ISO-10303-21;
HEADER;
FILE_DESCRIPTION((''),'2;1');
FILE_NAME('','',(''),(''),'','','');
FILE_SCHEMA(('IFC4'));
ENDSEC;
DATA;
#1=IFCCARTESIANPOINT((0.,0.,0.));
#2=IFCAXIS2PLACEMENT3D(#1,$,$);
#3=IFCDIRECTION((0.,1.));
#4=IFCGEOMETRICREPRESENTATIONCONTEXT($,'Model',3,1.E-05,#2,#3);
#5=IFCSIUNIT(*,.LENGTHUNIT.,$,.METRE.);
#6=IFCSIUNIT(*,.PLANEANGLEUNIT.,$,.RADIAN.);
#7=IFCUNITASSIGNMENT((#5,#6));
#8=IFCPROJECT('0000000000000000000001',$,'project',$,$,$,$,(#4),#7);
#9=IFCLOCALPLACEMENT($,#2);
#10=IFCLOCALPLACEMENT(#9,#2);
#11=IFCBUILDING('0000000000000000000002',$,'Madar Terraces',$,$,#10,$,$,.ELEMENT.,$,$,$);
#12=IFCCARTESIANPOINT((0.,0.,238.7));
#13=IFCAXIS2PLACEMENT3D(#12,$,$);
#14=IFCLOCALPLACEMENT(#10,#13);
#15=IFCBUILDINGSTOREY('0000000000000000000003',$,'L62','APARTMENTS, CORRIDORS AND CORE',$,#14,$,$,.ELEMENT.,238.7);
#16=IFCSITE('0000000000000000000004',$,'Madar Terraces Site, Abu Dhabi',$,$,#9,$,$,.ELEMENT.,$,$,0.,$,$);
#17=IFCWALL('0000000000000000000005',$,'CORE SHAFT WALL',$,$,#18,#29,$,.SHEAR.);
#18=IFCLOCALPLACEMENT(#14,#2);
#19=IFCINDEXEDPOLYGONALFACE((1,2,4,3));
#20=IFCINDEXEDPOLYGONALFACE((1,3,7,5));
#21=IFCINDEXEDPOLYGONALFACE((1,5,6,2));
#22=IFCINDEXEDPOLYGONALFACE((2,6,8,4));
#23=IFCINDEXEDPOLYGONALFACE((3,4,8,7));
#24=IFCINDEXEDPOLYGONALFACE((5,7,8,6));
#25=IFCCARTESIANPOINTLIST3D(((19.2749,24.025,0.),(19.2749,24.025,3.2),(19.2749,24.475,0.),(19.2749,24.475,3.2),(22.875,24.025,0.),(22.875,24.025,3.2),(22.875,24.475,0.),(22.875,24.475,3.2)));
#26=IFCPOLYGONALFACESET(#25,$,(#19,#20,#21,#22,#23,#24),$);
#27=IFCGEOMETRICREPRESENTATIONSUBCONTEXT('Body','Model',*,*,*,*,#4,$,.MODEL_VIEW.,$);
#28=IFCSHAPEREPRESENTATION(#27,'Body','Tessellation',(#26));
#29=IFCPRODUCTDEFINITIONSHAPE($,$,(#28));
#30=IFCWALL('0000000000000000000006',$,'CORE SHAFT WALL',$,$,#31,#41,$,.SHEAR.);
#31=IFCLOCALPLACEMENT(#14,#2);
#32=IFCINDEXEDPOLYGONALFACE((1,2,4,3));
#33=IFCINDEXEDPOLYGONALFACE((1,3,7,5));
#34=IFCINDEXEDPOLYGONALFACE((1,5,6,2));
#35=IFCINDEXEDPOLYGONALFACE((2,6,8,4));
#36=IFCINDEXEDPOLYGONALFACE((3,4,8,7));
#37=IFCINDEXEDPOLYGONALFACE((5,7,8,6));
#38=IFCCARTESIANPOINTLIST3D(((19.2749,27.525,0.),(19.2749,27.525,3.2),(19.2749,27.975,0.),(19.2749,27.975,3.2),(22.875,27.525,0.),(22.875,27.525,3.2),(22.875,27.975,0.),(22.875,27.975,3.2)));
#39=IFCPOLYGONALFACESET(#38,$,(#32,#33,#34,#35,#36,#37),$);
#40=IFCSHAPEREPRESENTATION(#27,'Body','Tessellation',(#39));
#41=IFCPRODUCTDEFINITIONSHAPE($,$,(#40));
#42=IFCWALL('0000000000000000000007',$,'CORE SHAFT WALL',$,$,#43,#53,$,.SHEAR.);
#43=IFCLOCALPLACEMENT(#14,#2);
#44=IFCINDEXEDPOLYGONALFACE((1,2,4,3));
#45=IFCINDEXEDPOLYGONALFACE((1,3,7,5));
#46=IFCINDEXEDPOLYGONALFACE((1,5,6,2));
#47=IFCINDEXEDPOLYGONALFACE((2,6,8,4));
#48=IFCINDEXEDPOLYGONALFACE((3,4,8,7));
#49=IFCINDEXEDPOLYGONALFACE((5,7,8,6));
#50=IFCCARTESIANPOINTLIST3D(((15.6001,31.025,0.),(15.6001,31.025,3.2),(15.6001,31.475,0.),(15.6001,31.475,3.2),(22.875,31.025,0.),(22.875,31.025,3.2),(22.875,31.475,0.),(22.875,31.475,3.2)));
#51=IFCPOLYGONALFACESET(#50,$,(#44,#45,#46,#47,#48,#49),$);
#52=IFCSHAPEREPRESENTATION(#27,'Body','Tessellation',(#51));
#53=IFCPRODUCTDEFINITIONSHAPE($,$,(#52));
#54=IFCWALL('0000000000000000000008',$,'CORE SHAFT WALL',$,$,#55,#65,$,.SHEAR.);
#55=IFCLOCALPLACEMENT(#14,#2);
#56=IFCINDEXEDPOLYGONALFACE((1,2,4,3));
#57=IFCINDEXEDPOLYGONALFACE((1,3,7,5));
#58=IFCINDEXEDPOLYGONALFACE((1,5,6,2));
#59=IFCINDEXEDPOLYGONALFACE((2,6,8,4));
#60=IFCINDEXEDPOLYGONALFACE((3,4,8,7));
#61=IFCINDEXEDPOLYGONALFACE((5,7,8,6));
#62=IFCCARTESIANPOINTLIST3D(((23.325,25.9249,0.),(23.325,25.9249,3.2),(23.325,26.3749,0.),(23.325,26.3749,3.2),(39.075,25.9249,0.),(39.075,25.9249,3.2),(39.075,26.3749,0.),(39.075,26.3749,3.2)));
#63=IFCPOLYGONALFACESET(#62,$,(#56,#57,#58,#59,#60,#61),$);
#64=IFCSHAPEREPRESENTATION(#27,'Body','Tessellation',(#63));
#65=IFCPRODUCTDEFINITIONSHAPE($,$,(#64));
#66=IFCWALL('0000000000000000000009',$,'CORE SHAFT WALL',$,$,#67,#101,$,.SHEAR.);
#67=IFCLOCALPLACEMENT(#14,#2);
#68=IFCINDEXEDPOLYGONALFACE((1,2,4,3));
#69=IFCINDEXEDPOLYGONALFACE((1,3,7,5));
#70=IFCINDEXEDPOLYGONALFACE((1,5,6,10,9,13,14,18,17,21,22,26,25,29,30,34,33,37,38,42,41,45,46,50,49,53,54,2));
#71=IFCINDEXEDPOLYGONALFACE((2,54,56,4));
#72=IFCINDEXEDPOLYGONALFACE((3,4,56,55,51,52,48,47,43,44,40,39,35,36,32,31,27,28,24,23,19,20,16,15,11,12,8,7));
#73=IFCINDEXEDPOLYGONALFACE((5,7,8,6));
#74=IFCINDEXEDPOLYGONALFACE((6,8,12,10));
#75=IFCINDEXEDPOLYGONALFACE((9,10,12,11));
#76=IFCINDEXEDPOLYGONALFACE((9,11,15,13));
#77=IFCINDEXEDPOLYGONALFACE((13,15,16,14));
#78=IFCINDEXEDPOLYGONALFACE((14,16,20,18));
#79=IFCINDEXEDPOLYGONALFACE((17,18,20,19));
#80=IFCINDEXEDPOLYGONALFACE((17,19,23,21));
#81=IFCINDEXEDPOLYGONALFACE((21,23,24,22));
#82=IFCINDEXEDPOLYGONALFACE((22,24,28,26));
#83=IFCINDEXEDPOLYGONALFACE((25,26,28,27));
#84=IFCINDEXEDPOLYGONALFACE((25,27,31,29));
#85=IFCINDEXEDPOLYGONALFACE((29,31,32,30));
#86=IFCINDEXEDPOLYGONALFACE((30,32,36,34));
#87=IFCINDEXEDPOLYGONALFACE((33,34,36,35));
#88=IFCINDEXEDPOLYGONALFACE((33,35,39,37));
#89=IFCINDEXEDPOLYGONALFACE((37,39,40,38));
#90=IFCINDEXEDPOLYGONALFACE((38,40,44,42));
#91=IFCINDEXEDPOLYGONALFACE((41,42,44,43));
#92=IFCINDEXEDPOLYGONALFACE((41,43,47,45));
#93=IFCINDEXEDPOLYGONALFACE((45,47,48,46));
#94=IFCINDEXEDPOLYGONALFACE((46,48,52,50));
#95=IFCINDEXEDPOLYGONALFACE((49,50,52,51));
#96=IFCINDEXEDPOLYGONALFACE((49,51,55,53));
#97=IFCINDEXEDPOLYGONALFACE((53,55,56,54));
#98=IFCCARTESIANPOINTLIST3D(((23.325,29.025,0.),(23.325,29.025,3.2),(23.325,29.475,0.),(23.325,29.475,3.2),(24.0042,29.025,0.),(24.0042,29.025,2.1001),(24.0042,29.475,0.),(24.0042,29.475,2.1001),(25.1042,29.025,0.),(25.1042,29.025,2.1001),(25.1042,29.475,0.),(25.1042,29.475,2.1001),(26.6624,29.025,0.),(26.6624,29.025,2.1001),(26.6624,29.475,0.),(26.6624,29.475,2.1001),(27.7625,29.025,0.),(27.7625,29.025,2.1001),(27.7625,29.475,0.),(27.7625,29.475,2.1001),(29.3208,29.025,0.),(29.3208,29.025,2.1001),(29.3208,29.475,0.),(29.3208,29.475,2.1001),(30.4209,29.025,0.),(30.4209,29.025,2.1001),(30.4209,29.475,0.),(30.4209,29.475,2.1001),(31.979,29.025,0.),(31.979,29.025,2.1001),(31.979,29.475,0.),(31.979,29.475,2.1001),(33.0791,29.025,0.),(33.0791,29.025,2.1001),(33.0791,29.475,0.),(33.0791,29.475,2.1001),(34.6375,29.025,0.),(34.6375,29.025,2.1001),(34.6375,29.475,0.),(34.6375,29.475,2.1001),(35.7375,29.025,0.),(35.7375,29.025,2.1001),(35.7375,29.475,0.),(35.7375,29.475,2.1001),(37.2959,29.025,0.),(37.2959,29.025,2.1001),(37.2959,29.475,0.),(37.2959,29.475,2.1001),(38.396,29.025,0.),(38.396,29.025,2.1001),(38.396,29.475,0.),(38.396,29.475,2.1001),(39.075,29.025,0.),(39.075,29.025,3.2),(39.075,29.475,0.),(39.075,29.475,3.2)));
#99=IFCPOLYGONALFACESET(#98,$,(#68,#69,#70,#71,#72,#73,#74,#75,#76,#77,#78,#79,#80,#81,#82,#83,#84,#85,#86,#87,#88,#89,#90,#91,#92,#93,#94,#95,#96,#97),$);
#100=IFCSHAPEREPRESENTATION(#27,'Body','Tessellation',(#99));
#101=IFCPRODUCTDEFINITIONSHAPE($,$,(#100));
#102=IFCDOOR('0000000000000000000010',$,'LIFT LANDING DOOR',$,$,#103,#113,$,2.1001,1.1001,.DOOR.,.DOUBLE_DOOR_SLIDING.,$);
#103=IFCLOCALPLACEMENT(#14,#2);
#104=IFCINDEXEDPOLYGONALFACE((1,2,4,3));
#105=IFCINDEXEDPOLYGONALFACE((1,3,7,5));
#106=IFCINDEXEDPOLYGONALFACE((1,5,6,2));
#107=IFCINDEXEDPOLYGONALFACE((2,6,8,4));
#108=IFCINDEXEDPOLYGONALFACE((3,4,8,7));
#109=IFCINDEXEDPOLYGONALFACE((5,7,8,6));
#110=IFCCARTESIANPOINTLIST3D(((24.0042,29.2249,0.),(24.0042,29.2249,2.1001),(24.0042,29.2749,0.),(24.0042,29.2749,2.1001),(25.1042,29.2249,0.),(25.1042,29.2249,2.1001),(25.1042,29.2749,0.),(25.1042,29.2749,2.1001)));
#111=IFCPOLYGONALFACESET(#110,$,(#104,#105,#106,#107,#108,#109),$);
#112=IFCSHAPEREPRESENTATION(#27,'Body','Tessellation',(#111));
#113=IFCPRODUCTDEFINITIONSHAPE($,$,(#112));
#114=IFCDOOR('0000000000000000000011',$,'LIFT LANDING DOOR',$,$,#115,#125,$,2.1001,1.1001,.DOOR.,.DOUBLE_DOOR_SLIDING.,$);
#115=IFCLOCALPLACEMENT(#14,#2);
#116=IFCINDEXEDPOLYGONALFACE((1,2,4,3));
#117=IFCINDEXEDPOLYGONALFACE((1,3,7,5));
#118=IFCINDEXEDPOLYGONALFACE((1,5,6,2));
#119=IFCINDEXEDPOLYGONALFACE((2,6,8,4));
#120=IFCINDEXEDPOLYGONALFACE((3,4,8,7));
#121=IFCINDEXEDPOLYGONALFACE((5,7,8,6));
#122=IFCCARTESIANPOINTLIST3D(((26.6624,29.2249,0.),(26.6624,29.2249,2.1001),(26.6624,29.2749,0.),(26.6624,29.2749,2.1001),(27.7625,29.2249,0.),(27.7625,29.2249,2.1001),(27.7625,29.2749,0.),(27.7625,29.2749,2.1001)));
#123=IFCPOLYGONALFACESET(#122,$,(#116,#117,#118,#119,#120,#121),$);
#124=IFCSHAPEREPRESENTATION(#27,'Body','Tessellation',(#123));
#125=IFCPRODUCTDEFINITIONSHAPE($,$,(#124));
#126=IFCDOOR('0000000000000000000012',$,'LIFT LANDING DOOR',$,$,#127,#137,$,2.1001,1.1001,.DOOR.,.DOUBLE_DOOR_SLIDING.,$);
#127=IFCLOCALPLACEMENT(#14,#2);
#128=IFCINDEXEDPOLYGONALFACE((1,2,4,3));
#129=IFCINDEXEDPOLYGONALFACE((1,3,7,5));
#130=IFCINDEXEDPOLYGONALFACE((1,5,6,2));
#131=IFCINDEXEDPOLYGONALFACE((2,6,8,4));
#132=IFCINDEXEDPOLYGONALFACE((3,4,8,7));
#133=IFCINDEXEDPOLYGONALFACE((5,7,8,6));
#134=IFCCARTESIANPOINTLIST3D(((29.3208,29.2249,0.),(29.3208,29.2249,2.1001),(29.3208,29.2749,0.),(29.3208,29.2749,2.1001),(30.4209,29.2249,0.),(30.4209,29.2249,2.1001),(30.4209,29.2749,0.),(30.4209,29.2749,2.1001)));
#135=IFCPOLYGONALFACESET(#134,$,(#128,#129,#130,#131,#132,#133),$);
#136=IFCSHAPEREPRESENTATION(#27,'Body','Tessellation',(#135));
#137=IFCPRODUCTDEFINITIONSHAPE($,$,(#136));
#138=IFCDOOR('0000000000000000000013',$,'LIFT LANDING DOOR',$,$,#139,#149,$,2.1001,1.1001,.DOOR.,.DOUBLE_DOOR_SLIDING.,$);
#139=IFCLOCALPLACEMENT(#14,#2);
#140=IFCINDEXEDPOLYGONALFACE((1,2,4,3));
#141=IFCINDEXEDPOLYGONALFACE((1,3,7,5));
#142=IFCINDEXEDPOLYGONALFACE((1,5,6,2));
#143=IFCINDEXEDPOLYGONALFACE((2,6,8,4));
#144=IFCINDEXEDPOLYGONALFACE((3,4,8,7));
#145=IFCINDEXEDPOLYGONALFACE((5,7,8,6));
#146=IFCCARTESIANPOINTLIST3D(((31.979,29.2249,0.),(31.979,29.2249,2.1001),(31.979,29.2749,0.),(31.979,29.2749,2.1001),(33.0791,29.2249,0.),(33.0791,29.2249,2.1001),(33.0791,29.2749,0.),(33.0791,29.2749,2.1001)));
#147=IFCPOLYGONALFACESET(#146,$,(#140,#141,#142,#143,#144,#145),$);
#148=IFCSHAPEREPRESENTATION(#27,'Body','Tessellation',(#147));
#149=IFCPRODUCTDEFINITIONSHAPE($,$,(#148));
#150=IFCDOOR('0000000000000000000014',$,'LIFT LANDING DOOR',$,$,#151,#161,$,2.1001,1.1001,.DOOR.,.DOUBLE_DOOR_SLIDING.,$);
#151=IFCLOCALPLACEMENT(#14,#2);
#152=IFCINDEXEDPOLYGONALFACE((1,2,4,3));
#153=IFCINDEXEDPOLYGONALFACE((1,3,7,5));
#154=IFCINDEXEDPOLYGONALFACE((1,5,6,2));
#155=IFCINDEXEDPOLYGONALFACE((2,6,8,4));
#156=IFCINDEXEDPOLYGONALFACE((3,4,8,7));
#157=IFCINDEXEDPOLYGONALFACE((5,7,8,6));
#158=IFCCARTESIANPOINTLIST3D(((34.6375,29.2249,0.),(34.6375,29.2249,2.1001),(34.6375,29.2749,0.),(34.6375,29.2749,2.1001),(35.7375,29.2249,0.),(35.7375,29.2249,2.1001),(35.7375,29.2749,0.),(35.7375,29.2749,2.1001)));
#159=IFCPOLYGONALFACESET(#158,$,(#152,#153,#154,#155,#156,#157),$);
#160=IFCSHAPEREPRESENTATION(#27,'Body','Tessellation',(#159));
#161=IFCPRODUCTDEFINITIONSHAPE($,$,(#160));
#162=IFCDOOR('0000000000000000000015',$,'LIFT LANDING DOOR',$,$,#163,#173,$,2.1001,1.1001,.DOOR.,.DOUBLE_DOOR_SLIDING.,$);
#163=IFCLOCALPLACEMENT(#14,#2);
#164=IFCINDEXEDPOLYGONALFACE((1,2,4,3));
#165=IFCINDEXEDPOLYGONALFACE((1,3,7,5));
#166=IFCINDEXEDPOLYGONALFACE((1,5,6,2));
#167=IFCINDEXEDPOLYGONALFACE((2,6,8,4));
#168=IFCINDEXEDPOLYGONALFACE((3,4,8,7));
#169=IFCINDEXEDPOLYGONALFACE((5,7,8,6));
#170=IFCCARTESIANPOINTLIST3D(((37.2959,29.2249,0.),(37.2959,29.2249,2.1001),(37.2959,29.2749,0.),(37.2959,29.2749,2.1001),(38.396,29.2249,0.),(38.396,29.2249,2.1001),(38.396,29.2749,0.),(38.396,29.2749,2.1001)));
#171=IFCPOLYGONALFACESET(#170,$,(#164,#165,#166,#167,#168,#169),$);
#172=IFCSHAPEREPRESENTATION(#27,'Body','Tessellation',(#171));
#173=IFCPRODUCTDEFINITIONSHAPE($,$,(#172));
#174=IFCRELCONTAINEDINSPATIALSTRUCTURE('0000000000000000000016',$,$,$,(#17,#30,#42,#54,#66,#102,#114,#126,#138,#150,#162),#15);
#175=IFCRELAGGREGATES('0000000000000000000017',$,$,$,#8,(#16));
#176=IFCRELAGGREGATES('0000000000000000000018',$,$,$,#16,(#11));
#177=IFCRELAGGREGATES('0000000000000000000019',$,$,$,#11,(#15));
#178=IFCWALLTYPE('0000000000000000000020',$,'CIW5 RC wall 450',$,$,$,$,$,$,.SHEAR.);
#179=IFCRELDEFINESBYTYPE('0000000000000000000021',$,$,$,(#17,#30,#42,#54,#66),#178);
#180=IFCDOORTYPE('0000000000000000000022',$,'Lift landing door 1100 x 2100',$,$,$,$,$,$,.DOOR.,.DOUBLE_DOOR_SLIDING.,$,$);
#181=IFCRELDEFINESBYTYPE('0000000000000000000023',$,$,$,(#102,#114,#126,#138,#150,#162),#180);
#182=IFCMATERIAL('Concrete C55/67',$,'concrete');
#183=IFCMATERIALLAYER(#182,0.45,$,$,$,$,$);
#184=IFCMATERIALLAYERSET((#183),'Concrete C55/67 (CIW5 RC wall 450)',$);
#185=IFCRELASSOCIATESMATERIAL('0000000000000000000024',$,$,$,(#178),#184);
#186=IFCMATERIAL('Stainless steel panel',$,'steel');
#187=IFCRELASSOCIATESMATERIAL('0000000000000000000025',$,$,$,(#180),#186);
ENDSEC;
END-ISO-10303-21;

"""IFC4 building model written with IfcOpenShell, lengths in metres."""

from ifc_helpers import new_model, si_unit, direction, frame, frame_2d, origin, place, context, subcontext, project, spatial, rectangle, extrude, material, layer, layer_set, type_object, element, fill, save


model = new_model("IFC4")

# Units and contexts
model_context = context("Model", 3, precision=1e-05, world=origin(), true_north=direction((0.0, 1.0)))
body_context = subcontext(model_context, "Body", "Model", "MODEL_VIEW")
ifc_project = project(units=[si_unit("LENGTHUNIT", "METRE"), si_unit("PLANEANGLEUNIT", "RADIAN")], contexts=[model_context])

# Site, building, storey
site_placement = place(None, origin())
site = spatial("IfcSite", under=ifc_project, at=site_placement, Name="Madar Terraces Site, Abu Dhabi", CompositionType="ELEMENT", RefElevation=0.0)
building_placement = place(site_placement, origin())
building = spatial("IfcBuilding", under=site, at=building_placement, Name="Madar Terraces", CompositionType="ELEMENT")
storey_placement = place(building_placement, frame((0.0, 0.0, 238.7)))
storey = spatial("IfcBuildingStorey", under=building, at=storey_placement, Name="L62", Description="APARTMENTS, CORRIDORS AND CORE", CompositionType="ELEMENT", Elevation=238.7)

# Walls
ifc_material_1 = material(Name="Concrete C55/67", Category="concrete")
ifc_layer_1 = layer(ifc_material_1, 0.45)
ifc_layer_set_1 = layer_set([ifc_layer_1], Name="Concrete C55/67 (CIW5 RC wall 450)")
wall_type_1 = type_object("IfcWallType", Name="CIW5 RC wall 450", PredefinedType="SHEAR", material=ifc_layer_set_1)
for number, where, z_axis, x_axis, name in (
    (1, (19.2749, 24.25, 0.0), (0.0, 0.0, 1.0), (1.0, 0.0, 0.0), "CORE SHAFT WALL"),
    (2, (19.2749, 27.75, 0.0), (0.0, 0.0, 1.0), (1.0, 0.0, 0.0), "CORE SHAFT WALL"),
):
    element("IfcWall", number, at=place(storey_placement, frame(where, z_axis=z_axis, x_axis=x_axis)), inside=storey, type_object=wall_type_1, Name=name, PredefinedType="SHEAR", context=body_context, shape_type="SweptSolid", body=[
        extrude(rectangle(XDim=3.6001, YDim=0.45, at=frame_2d((1.8, 0.0))), origin(), (0.0, 0.0, 1.0), 3.2),
    ])
wall_1_placement = place(storey_placement, frame((15.6001, 31.25, 0.0), z_axis=(0.0, 0.0, 1.0), x_axis=(1.0, 0.0, 0.0)))
element("IfcWall", 3, at=wall_1_placement, inside=storey, type_object=wall_type_1, Name="CORE SHAFT WALL", PredefinedType="SHEAR", context=body_context, shape_type="SweptSolid", body=[
    extrude(rectangle(XDim=7.2749, YDim=0.45, at=frame_2d((3.6375, 0.0))), origin(), (0.0, 0.0, 1.0), 3.2),
])
wall_2_placement = place(storey_placement, frame((23.325, 26.1499, 0.0), z_axis=(0.0, 0.0, 1.0), x_axis=(1.0, 0.0, 0.0)))
element("IfcWall", 4, at=wall_2_placement, inside=storey, type_object=wall_type_1, Name="CORE SHAFT WALL", PredefinedType="SHEAR", context=body_context, shape_type="SweptSolid", body=[
    extrude(rectangle(XDim=15.75, YDim=0.45, at=frame_2d((7.875, 0.0))), origin(), (0.0, 0.0, 1.0), 3.2),
])

# Wall, openings, doors
wall_3_placement = place(storey_placement, frame((23.325, 29.25, 0.0), z_axis=(0.0, 0.0, 1.0), x_axis=(1.0, 0.0, 0.0)))
wall_3 = element("IfcWall", 5, at=wall_3_placement, inside=storey, type_object=wall_type_1, Name="CORE SHAFT WALL", PredefinedType="SHEAR", context=body_context, shape_type="SweptSolid", body=[
    extrude(rectangle(XDim=15.75, YDim=0.45, at=frame_2d((7.875, 0.0))), origin(), (0.0, 0.0, 1.0), 3.2),
])
opening_1_placement = place(wall_3_placement, frame((0.6792, 0.0, 0.0)))
opening_1 = element("IfcOpeningElement", 6, at=opening_1_placement, cuts=wall_3, PredefinedType="OPENING", context=body_context, shape_type="SweptSolid", body=[
    extrude(rectangle(XDim=1.1001, YDim=2.1001, at=frame_2d((0.55, 1.05))), frame((0.0, 0.2349, 0.0), z_axis=(0.0, -1.0, 0.0), x_axis=(1.0, 0.0, 0.0)), (0.0, 0.0, 1.0), 0.47),
])
opening_2_placement = place(wall_3_placement, frame((3.3374, 0.0, 0.0)))
opening_2 = element("IfcOpeningElement", 7, at=opening_2_placement, cuts=wall_3, PredefinedType="OPENING", context=body_context, shape_type="SweptSolid", body=[
    extrude(rectangle(XDim=1.1001, YDim=2.1001, at=frame_2d((0.55, 1.05))), frame((0.0, 0.2349, 0.0), z_axis=(0.0, -1.0, 0.0), x_axis=(1.0, 0.0, 0.0)), (0.0, 0.0, 1.0), 0.47),
])
opening_3_placement = place(wall_3_placement, frame((5.9958, 0.0, 0.0)))
opening_3 = element("IfcOpeningElement", 8, at=opening_3_placement, cuts=wall_3, PredefinedType="OPENING", context=body_context, shape_type="SweptSolid", body=[
    extrude(rectangle(XDim=1.1001, YDim=2.1001, at=frame_2d((0.55, 1.05))), frame((0.0, 0.2349, 0.0), z_axis=(0.0, -1.0, 0.0), x_axis=(1.0, 0.0, 0.0)), (0.0, 0.0, 1.0), 0.47),
])
opening_4_placement = place(wall_3_placement, frame((8.6541, 0.0, 0.0)))
opening_4 = element("IfcOpeningElement", 9, at=opening_4_placement, cuts=wall_3, PredefinedType="OPENING", context=body_context, shape_type="SweptSolid", body=[
    extrude(rectangle(XDim=1.1001, YDim=2.1001, at=frame_2d((0.55, 1.05))), frame((0.0, 0.2349, 0.0), z_axis=(0.0, -1.0, 0.0), x_axis=(1.0, 0.0, 0.0)), (0.0, 0.0, 1.0), 0.47),
])
opening_5_placement = place(wall_3_placement, frame((11.3125, 0.0, 0.0)))
opening_5 = element("IfcOpeningElement", 10, at=opening_5_placement, cuts=wall_3, PredefinedType="OPENING", context=body_context, shape_type="SweptSolid", body=[
    extrude(rectangle(XDim=1.1001, YDim=2.1001, at=frame_2d((0.55, 1.05))), frame((0.0, 0.2349, 0.0), z_axis=(0.0, -1.0, 0.0), x_axis=(1.0, 0.0, 0.0)), (0.0, 0.0, 1.0), 0.47),
])
opening_6_placement = place(wall_3_placement, frame((13.9709, 0.0, 0.0)))
opening_6 = element("IfcOpeningElement", 11, at=opening_6_placement, cuts=wall_3, PredefinedType="OPENING", context=body_context, shape_type="SweptSolid", body=[
    extrude(rectangle(XDim=1.1001, YDim=2.1001, at=frame_2d((0.55, 1.05))), frame((0.0, 0.2349, 0.0), z_axis=(0.0, -1.0, 0.0), x_axis=(1.0, 0.0, 0.0)), (0.0, 0.0, 1.0), 0.47),
])
ifc_material_2 = material(Name="Stainless steel panel", Category="steel")
door_type_1 = type_object("IfcDoorType", Name="Lift landing door 1100 x 2100", OperationType="DOUBLE_DOOR_SLIDING", PredefinedType="DOOR", material=ifc_material_2)
door_1_placement = place(opening_1_placement, origin())
door_1 = element("IfcDoor", 12, at=door_1_placement, inside=storey, type_object=door_type_1, Name="LIFT LANDING DOOR", OperationType="DOUBLE_DOOR_SLIDING", OverallHeight=2.1001, OverallWidth=1.1001, PredefinedType="DOOR", context=body_context, shape_type="SweptSolid", body=[
    extrude(rectangle(XDim=1.1001, YDim=2.1001, at=frame_2d((0.55, 1.05))), frame((0.0, 0.0249, 0.0), z_axis=(0.0, -1.0, 0.0), x_axis=(1.0, 0.0, 0.0)), (0.0, 0.0, 1.0), 0.05),
])
fill(opening_1, door_1)
door_2_placement = place(opening_2_placement, origin())
door_2 = element("IfcDoor", 13, at=door_2_placement, inside=storey, type_object=door_type_1, Name="LIFT LANDING DOOR", OperationType="DOUBLE_DOOR_SLIDING", OverallHeight=2.1001, OverallWidth=1.1001, PredefinedType="DOOR", context=body_context, shape_type="SweptSolid", body=[
    extrude(rectangle(XDim=1.1001, YDim=2.1001, at=frame_2d((0.55, 1.05))), frame((0.0, 0.0249, 0.0), z_axis=(0.0, -1.0, 0.0), x_axis=(1.0, 0.0, 0.0)), (0.0, 0.0, 1.0), 0.05),
])
fill(opening_2, door_2)
door_3_placement = place(opening_3_placement, origin())
door_3 = element("IfcDoor", 14, at=door_3_placement, inside=storey, type_object=door_type_1, Name="LIFT LANDING DOOR", OperationType="DOUBLE_DOOR_SLIDING", OverallHeight=2.1001, OverallWidth=1.1001, PredefinedType="DOOR", context=body_context, shape_type="SweptSolid", body=[
    extrude(rectangle(XDim=1.1001, YDim=2.1001, at=frame_2d((0.55, 1.05))), frame((0.0, 0.0249, 0.0), z_axis=(0.0, -1.0, 0.0), x_axis=(1.0, 0.0, 0.0)), (0.0, 0.0, 1.0), 0.05),
])
fill(opening_3, door_3)
door_4_placement = place(opening_4_placement, origin())
door_4 = element("IfcDoor", 15, at=door_4_placement, inside=storey, type_object=door_type_1, Name="LIFT LANDING DOOR", OperationType="DOUBLE_DOOR_SLIDING", OverallHeight=2.1001, OverallWidth=1.1001, PredefinedType="DOOR", context=body_context, shape_type="SweptSolid", body=[
    extrude(rectangle(XDim=1.1001, YDim=2.1001, at=frame_2d((0.55, 1.05))), frame((0.0, 0.0249, 0.0), z_axis=(0.0, -1.0, 0.0), x_axis=(1.0, 0.0, 0.0)), (0.0, 0.0, 1.0), 0.05),
])
fill(opening_4, door_4)
door_5_placement = place(opening_5_placement, origin())
door_5 = element("IfcDoor", 16, at=door_5_placement, inside=storey, type_object=door_type_1, Name="LIFT LANDING DOOR", OperationType="DOUBLE_DOOR_SLIDING", OverallHeight=2.1001, OverallWidth=1.1001, PredefinedType="DOOR", context=body_context, shape_type="SweptSolid", body=[
    extrude(rectangle(XDim=1.1001, YDim=2.1001, at=frame_2d((0.55, 1.05))), frame((0.0, 0.0249, 0.0), z_axis=(0.0, -1.0, 0.0), x_axis=(1.0, 0.0, 0.0)), (0.0, 0.0, 1.0), 0.05),
])
fill(opening_5, door_5)
door_6_placement = place(opening_6_placement, origin())
door_6 = element("IfcDoor", 17, at=door_6_placement, inside=storey, type_object=door_type_1, Name="LIFT LANDING DOOR", OperationType="DOUBLE_DOOR_SLIDING", OverallHeight=2.1001, OverallWidth=1.1001, PredefinedType="DOOR", context=body_context, shape_type="SweptSolid", body=[
    extrude(rectangle(XDim=1.1001, YDim=2.1001, at=frame_2d((0.55, 1.05))), frame((0.0, 0.0249, 0.0), z_axis=(0.0, -1.0, 0.0), x_axis=(1.0, 0.0, 0.0)), (0.0, 0.0, 1.0), 0.05),
])
fill(opening_6, door_6)

save(model, "model.ifc")
